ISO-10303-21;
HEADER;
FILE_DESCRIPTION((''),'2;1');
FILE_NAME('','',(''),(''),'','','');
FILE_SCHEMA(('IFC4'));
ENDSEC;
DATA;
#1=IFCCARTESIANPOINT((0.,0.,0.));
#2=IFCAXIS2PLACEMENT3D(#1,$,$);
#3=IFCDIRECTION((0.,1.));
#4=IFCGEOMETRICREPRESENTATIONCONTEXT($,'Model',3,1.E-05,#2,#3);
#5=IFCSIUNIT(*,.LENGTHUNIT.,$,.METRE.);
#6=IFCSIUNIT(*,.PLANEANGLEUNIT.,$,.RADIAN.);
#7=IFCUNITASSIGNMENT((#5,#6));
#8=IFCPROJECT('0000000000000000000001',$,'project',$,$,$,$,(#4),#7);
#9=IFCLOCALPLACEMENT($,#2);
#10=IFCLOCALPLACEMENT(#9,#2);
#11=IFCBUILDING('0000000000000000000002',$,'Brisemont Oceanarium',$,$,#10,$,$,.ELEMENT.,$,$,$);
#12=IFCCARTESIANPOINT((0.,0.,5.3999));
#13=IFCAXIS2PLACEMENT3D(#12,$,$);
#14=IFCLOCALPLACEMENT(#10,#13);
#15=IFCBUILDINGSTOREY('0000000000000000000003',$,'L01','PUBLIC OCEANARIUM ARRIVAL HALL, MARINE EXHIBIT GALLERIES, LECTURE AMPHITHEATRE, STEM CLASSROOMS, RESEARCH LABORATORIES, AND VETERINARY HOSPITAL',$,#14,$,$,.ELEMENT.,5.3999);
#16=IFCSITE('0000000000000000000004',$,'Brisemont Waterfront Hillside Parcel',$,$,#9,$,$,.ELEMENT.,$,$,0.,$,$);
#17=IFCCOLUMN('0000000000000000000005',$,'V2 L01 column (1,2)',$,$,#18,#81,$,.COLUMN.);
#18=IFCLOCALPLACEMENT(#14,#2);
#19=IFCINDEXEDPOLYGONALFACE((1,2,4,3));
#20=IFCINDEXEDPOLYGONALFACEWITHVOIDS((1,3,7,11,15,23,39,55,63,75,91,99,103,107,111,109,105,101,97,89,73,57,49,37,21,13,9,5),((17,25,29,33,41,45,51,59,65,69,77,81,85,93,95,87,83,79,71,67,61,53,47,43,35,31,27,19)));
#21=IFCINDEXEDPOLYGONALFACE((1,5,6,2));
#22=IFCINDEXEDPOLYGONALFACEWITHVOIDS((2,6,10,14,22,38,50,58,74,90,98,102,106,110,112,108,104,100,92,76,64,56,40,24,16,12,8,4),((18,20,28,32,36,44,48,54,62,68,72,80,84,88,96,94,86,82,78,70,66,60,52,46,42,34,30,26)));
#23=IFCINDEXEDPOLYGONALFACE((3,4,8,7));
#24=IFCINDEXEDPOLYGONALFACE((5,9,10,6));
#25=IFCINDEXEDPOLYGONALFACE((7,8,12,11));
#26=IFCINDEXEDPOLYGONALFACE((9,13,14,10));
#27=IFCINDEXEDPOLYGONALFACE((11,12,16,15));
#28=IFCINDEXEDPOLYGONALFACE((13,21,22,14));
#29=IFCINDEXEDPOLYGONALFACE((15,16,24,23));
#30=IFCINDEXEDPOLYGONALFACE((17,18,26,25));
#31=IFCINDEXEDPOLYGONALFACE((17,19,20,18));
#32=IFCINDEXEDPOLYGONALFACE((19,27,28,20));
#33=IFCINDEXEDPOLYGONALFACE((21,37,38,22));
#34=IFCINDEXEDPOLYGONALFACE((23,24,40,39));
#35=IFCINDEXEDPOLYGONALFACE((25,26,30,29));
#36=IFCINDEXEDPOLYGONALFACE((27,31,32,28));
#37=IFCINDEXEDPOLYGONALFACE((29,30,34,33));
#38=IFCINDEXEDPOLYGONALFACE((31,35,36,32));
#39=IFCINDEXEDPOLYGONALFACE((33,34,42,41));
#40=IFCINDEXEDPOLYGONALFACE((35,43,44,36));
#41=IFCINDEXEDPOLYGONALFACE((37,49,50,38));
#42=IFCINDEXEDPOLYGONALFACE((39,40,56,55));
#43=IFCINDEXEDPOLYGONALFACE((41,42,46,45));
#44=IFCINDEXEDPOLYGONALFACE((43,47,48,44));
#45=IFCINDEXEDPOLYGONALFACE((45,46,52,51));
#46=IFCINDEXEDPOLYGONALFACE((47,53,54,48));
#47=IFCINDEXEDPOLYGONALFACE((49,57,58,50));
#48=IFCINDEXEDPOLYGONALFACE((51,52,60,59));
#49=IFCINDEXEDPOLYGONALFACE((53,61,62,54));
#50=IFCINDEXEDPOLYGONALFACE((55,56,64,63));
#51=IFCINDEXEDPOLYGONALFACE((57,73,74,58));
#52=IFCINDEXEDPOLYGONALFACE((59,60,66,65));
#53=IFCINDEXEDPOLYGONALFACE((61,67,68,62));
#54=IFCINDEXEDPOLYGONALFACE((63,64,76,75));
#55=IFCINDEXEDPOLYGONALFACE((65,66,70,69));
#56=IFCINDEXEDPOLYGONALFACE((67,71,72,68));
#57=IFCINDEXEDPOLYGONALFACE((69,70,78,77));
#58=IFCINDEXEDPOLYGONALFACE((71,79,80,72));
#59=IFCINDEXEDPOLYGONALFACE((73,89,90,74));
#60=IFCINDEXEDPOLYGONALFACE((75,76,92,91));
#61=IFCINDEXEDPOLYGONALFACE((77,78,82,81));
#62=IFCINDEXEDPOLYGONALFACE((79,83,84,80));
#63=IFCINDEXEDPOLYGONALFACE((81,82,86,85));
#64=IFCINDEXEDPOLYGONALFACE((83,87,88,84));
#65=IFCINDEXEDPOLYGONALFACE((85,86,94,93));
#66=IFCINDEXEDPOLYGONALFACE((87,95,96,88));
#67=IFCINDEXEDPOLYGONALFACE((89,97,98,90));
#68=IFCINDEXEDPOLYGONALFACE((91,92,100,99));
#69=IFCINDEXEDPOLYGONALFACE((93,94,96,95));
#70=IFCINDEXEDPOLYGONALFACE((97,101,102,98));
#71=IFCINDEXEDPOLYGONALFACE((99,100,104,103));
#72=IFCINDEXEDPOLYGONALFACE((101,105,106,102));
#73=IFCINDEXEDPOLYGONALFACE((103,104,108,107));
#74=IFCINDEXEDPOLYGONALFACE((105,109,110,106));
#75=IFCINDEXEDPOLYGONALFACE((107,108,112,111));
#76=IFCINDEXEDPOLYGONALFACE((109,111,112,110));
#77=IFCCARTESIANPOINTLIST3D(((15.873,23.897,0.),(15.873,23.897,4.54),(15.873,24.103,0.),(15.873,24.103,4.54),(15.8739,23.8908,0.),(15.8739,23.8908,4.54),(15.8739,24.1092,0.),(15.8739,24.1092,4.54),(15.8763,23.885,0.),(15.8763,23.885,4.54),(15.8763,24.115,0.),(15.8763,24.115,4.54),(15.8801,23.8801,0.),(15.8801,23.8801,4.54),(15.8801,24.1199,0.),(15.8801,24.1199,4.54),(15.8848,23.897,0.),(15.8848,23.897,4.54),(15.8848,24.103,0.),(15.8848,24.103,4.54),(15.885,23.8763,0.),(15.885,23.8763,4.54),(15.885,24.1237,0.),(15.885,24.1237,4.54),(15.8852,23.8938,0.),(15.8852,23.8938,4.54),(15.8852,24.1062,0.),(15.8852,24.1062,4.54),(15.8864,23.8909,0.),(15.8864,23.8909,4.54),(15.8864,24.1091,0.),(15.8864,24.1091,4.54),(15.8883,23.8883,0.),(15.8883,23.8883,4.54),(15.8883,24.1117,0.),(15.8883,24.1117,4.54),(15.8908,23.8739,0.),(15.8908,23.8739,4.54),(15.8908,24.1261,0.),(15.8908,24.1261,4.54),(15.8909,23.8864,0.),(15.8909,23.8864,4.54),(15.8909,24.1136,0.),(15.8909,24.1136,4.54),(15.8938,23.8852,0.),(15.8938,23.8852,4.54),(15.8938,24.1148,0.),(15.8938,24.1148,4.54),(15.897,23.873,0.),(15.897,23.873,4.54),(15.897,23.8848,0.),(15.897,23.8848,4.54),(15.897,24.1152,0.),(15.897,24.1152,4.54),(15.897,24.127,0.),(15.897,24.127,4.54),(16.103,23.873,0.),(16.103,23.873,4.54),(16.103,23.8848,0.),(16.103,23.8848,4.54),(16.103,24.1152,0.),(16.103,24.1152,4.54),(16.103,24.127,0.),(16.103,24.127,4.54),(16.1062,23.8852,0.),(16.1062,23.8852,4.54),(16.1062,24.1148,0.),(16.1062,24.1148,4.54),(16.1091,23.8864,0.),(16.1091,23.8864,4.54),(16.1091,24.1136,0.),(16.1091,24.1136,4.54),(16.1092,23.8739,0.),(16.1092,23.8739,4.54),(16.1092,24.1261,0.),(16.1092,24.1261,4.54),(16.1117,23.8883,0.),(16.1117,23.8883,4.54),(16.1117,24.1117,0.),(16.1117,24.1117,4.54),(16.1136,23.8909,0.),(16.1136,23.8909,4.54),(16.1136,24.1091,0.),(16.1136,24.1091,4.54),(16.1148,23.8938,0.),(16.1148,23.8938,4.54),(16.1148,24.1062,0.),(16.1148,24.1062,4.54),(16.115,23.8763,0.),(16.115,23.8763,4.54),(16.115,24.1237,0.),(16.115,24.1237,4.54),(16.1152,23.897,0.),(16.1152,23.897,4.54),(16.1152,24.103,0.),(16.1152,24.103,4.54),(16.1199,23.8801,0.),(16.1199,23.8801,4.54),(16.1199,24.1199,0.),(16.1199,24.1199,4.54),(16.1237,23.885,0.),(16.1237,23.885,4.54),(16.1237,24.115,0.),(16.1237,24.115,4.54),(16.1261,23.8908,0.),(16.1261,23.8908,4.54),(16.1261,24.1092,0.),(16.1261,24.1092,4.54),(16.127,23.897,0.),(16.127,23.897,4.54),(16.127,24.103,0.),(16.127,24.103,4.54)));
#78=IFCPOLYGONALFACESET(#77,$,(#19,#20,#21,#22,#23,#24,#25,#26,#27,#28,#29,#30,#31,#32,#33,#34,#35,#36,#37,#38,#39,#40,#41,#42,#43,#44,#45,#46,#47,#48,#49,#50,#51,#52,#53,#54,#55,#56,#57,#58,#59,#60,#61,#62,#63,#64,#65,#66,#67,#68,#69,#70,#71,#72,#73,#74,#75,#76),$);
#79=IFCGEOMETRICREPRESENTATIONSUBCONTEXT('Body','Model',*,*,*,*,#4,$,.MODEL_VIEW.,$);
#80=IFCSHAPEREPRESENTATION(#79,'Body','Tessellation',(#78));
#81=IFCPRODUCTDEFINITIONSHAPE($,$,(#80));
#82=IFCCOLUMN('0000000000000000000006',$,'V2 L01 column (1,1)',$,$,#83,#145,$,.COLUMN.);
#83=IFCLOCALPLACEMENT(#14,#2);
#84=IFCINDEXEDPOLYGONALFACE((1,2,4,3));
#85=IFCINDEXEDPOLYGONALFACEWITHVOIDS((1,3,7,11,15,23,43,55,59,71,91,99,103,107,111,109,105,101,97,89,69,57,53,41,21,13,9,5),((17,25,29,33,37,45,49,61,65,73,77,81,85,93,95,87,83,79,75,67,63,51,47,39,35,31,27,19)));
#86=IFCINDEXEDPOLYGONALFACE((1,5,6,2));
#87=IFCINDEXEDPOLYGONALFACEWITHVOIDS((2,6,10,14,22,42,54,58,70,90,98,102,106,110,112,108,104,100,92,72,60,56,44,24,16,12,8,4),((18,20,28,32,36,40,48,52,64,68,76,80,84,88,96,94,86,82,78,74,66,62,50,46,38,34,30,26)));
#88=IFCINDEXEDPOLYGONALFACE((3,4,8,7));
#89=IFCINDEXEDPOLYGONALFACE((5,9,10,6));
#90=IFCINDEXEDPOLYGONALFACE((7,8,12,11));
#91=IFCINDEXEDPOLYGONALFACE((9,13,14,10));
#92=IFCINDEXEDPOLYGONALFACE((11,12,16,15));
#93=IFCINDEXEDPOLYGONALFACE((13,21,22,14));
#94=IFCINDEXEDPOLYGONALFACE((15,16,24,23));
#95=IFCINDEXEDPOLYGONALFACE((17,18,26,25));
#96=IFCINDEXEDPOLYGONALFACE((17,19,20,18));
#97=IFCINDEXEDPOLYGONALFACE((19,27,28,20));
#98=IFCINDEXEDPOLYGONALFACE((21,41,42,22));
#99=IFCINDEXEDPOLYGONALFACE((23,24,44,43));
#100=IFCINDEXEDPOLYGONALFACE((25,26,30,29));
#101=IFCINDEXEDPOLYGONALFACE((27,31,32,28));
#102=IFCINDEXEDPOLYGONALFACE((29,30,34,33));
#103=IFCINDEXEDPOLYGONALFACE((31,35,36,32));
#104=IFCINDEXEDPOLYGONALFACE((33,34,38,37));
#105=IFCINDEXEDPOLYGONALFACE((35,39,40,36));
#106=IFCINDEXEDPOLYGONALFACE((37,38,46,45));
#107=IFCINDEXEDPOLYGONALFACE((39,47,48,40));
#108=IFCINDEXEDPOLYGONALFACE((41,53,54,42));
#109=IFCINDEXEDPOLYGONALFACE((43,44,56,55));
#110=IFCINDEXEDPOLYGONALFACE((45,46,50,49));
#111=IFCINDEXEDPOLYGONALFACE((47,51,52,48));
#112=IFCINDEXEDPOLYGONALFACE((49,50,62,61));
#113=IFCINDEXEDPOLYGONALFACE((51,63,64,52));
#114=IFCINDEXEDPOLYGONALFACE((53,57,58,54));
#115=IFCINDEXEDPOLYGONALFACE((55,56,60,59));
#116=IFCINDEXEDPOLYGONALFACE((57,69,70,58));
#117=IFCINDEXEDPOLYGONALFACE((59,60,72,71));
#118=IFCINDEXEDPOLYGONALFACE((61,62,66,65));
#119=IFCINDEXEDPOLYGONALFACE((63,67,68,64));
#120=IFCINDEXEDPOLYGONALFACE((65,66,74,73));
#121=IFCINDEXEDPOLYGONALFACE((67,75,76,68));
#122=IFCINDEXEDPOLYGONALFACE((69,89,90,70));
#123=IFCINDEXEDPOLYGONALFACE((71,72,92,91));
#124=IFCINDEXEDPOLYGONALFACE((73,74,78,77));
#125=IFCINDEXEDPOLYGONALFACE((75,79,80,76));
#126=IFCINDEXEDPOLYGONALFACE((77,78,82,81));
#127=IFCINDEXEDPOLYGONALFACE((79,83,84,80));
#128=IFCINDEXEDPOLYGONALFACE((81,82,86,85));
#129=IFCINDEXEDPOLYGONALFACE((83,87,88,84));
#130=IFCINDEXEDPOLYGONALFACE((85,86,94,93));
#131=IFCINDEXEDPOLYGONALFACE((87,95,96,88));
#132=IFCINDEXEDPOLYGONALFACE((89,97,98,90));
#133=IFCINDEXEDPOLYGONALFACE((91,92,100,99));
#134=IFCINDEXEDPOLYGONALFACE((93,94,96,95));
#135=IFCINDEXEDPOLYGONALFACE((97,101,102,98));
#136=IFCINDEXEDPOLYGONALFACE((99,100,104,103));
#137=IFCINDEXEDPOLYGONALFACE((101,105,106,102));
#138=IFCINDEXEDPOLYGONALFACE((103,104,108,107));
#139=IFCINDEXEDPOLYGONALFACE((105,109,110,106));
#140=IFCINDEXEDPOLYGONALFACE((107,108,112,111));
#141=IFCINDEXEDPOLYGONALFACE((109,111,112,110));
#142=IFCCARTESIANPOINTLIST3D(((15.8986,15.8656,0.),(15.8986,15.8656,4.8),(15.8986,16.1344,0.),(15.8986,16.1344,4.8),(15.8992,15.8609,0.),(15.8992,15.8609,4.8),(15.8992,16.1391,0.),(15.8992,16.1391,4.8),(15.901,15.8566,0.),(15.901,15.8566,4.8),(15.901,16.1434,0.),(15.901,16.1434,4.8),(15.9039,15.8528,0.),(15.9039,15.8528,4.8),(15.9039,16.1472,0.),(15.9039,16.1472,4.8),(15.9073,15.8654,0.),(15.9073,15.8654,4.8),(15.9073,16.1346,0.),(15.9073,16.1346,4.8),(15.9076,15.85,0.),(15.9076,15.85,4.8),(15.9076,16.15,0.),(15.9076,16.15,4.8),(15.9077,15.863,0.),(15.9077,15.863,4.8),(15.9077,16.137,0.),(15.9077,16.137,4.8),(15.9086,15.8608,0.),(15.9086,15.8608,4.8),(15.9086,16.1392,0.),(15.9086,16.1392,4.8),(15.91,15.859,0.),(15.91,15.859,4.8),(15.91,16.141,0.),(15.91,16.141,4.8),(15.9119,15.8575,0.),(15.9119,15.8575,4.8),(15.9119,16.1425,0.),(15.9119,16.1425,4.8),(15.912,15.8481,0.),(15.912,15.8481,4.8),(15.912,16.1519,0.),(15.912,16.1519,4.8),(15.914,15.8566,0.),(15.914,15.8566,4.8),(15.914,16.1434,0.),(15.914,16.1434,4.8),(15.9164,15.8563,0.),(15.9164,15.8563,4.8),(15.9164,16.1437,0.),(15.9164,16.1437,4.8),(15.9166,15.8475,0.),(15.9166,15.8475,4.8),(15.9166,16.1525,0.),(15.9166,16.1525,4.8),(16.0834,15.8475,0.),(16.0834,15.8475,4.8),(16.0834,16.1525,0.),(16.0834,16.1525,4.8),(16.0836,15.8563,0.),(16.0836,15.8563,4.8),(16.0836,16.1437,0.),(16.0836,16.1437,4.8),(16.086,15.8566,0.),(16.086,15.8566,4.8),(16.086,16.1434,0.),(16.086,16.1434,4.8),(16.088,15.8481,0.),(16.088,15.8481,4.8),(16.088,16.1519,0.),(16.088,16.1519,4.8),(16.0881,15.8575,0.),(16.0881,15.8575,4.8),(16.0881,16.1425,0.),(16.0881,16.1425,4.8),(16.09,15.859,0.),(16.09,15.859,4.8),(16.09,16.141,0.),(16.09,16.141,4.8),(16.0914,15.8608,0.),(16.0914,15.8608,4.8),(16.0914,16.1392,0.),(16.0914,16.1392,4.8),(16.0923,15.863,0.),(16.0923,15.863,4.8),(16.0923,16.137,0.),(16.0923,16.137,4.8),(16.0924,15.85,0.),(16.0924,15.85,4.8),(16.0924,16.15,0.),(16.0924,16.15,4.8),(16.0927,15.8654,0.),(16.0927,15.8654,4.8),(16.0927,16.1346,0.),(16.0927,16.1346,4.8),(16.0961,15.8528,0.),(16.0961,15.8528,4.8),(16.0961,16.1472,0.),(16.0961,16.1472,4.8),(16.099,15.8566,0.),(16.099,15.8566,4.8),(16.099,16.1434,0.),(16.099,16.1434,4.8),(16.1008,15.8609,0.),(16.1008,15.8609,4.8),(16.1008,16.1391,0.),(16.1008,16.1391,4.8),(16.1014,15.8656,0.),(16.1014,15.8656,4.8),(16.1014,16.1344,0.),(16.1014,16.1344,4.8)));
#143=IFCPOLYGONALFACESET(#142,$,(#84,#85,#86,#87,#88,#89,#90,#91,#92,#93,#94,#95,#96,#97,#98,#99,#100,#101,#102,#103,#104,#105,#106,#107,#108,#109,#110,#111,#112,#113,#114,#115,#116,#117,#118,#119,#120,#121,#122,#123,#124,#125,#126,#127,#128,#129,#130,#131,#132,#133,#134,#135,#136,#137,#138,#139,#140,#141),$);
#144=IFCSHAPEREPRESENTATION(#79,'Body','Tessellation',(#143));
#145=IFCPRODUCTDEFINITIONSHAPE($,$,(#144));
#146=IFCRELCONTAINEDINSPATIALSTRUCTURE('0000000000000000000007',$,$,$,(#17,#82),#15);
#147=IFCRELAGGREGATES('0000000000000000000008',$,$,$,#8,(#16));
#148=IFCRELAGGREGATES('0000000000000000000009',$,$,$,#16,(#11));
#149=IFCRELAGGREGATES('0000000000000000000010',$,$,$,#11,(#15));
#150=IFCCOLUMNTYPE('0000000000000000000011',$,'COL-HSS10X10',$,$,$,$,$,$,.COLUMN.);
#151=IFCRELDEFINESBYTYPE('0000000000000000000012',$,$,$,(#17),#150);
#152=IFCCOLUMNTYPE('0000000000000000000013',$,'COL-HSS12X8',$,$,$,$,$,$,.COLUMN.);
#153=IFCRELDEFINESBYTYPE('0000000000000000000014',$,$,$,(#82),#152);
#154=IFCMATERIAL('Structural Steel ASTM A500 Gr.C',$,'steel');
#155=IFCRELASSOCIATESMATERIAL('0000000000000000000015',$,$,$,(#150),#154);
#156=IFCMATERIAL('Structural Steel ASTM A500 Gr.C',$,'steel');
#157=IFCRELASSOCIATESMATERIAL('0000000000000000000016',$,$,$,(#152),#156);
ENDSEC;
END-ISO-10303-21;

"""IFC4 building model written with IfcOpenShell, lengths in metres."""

from ifc_helpers import new_model, si_unit, direction, frame, origin, origin_2d, place, context, subcontext, project, spatial, hollow_rectangle, extrude, material, material_profile, profile_set, type_object, element, save


model = new_model("IFC4")

# Units and contexts
model_context = context("Model", 3, precision=1e-05, world=origin(), true_north=direction((0.0, 1.0)))
body_context = subcontext(model_context, "Body", "Model", "MODEL_VIEW")
ifc_project = project(units=[si_unit("LENGTHUNIT", "METRE"), si_unit("PLANEANGLEUNIT", "RADIAN")], contexts=[model_context])

# Site, building, storey
site_placement = place(None, origin())
site = spatial("IfcSite", under=ifc_project, at=site_placement, Name="Brisemont Waterfront Hillside Parcel", CompositionType="ELEMENT", RefElevation=0.0)
building_placement = place(site_placement, origin())
building = spatial("IfcBuilding", under=site, at=building_placement, Name="Brisemont Oceanarium", CompositionType="ELEMENT")
storey_placement = place(building_placement, frame((0.0, 0.0, 5.3999)))
storey = spatial("IfcBuildingStorey", under=building, at=storey_placement, Name="L01", Description="PUBLIC OCEANARIUM ARRIVAL HALL, MARINE EXHIBIT GALLERIES, LECTURE AMPHITHEATRE, STEM CLASSROOMS, RESEARCH LABORATORIES, AND VETERINARY HOSPITAL", CompositionType="ELEMENT", Elevation=5.3999)

# Columns
ifc_material_1 = material(Name="Structural Steel ASTM A500 Gr.C", Category="steel")
ifc_material_profile_1 = material_profile(ifc_material_1, hollow_rectangle(XDim=0.2539, YDim=0.2539, WallThickness=0.0117, InnerFilletRadius=0.0122, OuterFilletRadius=0.0239, at=origin_2d()), Name="HSS10X10X1/2")
ifc_profile_set_1 = profile_set([ifc_material_profile_1], Name="Structural Steel ASTM A500 Gr.C")
column_type_1 = type_object("IfcColumnType", Name="COL-HSS10X10", PredefinedType="COLUMN", material=ifc_profile_set_1)
column_1_placement = place(storey_placement, frame((16.0, 24.0, 0.0), z_axis=(0.0, 0.0, 1.0), x_axis=(0.0, 1.0, 0.0)))
element("IfcColumn", 1, at=column_1_placement, inside=storey, type_object=column_type_1, Name="V2 L01 column (1,2)", PredefinedType="COLUMN", context=body_context, shape_type="SweptSolid", body=[
    extrude(hollow_rectangle(XDim=0.2539, YDim=0.2539, WallThickness=0.0117, InnerFilletRadius=0.0122, OuterFilletRadius=0.0239, at=origin_2d()), origin(), (0.0, 0.0, 1.0), 4.54),
])
ifc_material_2 = material(Name="Structural Steel ASTM A500 Gr.C", Category="steel")
ifc_material_profile_2 = material_profile(ifc_material_2, hollow_rectangle(XDim=0.2029, YDim=0.3049, WallThickness=0.0088, InnerFilletRadius=0.009, OuterFilletRadius=0.0181, at=origin_2d()), Name="HSS12X8X3/8")
ifc_profile_set_2 = profile_set([ifc_material_profile_2], Name="Structural Steel ASTM A500 Gr.C")
column_type_2 = type_object("IfcColumnType", Name="COL-HSS12X8", PredefinedType="COLUMN", material=ifc_profile_set_2)
column_2_placement = place(storey_placement, frame((16.0, 16.0, 0.0), z_axis=(0.0, 0.0, 1.0), x_axis=(1.0, 0.0, 0.0)))
element("IfcColumn", 2, at=column_2_placement, inside=storey, type_object=column_type_2, Name="V2 L01 column (1,1)", PredefinedType="COLUMN", context=body_context, shape_type="SweptSolid", body=[
    extrude(hollow_rectangle(XDim=0.2029, YDim=0.3049, WallThickness=0.0088, InnerFilletRadius=0.009, OuterFilletRadius=0.0181, at=origin_2d()), origin(), (0.0, 0.0, 1.0), 4.8),
])

save(model, "model.ifc")
